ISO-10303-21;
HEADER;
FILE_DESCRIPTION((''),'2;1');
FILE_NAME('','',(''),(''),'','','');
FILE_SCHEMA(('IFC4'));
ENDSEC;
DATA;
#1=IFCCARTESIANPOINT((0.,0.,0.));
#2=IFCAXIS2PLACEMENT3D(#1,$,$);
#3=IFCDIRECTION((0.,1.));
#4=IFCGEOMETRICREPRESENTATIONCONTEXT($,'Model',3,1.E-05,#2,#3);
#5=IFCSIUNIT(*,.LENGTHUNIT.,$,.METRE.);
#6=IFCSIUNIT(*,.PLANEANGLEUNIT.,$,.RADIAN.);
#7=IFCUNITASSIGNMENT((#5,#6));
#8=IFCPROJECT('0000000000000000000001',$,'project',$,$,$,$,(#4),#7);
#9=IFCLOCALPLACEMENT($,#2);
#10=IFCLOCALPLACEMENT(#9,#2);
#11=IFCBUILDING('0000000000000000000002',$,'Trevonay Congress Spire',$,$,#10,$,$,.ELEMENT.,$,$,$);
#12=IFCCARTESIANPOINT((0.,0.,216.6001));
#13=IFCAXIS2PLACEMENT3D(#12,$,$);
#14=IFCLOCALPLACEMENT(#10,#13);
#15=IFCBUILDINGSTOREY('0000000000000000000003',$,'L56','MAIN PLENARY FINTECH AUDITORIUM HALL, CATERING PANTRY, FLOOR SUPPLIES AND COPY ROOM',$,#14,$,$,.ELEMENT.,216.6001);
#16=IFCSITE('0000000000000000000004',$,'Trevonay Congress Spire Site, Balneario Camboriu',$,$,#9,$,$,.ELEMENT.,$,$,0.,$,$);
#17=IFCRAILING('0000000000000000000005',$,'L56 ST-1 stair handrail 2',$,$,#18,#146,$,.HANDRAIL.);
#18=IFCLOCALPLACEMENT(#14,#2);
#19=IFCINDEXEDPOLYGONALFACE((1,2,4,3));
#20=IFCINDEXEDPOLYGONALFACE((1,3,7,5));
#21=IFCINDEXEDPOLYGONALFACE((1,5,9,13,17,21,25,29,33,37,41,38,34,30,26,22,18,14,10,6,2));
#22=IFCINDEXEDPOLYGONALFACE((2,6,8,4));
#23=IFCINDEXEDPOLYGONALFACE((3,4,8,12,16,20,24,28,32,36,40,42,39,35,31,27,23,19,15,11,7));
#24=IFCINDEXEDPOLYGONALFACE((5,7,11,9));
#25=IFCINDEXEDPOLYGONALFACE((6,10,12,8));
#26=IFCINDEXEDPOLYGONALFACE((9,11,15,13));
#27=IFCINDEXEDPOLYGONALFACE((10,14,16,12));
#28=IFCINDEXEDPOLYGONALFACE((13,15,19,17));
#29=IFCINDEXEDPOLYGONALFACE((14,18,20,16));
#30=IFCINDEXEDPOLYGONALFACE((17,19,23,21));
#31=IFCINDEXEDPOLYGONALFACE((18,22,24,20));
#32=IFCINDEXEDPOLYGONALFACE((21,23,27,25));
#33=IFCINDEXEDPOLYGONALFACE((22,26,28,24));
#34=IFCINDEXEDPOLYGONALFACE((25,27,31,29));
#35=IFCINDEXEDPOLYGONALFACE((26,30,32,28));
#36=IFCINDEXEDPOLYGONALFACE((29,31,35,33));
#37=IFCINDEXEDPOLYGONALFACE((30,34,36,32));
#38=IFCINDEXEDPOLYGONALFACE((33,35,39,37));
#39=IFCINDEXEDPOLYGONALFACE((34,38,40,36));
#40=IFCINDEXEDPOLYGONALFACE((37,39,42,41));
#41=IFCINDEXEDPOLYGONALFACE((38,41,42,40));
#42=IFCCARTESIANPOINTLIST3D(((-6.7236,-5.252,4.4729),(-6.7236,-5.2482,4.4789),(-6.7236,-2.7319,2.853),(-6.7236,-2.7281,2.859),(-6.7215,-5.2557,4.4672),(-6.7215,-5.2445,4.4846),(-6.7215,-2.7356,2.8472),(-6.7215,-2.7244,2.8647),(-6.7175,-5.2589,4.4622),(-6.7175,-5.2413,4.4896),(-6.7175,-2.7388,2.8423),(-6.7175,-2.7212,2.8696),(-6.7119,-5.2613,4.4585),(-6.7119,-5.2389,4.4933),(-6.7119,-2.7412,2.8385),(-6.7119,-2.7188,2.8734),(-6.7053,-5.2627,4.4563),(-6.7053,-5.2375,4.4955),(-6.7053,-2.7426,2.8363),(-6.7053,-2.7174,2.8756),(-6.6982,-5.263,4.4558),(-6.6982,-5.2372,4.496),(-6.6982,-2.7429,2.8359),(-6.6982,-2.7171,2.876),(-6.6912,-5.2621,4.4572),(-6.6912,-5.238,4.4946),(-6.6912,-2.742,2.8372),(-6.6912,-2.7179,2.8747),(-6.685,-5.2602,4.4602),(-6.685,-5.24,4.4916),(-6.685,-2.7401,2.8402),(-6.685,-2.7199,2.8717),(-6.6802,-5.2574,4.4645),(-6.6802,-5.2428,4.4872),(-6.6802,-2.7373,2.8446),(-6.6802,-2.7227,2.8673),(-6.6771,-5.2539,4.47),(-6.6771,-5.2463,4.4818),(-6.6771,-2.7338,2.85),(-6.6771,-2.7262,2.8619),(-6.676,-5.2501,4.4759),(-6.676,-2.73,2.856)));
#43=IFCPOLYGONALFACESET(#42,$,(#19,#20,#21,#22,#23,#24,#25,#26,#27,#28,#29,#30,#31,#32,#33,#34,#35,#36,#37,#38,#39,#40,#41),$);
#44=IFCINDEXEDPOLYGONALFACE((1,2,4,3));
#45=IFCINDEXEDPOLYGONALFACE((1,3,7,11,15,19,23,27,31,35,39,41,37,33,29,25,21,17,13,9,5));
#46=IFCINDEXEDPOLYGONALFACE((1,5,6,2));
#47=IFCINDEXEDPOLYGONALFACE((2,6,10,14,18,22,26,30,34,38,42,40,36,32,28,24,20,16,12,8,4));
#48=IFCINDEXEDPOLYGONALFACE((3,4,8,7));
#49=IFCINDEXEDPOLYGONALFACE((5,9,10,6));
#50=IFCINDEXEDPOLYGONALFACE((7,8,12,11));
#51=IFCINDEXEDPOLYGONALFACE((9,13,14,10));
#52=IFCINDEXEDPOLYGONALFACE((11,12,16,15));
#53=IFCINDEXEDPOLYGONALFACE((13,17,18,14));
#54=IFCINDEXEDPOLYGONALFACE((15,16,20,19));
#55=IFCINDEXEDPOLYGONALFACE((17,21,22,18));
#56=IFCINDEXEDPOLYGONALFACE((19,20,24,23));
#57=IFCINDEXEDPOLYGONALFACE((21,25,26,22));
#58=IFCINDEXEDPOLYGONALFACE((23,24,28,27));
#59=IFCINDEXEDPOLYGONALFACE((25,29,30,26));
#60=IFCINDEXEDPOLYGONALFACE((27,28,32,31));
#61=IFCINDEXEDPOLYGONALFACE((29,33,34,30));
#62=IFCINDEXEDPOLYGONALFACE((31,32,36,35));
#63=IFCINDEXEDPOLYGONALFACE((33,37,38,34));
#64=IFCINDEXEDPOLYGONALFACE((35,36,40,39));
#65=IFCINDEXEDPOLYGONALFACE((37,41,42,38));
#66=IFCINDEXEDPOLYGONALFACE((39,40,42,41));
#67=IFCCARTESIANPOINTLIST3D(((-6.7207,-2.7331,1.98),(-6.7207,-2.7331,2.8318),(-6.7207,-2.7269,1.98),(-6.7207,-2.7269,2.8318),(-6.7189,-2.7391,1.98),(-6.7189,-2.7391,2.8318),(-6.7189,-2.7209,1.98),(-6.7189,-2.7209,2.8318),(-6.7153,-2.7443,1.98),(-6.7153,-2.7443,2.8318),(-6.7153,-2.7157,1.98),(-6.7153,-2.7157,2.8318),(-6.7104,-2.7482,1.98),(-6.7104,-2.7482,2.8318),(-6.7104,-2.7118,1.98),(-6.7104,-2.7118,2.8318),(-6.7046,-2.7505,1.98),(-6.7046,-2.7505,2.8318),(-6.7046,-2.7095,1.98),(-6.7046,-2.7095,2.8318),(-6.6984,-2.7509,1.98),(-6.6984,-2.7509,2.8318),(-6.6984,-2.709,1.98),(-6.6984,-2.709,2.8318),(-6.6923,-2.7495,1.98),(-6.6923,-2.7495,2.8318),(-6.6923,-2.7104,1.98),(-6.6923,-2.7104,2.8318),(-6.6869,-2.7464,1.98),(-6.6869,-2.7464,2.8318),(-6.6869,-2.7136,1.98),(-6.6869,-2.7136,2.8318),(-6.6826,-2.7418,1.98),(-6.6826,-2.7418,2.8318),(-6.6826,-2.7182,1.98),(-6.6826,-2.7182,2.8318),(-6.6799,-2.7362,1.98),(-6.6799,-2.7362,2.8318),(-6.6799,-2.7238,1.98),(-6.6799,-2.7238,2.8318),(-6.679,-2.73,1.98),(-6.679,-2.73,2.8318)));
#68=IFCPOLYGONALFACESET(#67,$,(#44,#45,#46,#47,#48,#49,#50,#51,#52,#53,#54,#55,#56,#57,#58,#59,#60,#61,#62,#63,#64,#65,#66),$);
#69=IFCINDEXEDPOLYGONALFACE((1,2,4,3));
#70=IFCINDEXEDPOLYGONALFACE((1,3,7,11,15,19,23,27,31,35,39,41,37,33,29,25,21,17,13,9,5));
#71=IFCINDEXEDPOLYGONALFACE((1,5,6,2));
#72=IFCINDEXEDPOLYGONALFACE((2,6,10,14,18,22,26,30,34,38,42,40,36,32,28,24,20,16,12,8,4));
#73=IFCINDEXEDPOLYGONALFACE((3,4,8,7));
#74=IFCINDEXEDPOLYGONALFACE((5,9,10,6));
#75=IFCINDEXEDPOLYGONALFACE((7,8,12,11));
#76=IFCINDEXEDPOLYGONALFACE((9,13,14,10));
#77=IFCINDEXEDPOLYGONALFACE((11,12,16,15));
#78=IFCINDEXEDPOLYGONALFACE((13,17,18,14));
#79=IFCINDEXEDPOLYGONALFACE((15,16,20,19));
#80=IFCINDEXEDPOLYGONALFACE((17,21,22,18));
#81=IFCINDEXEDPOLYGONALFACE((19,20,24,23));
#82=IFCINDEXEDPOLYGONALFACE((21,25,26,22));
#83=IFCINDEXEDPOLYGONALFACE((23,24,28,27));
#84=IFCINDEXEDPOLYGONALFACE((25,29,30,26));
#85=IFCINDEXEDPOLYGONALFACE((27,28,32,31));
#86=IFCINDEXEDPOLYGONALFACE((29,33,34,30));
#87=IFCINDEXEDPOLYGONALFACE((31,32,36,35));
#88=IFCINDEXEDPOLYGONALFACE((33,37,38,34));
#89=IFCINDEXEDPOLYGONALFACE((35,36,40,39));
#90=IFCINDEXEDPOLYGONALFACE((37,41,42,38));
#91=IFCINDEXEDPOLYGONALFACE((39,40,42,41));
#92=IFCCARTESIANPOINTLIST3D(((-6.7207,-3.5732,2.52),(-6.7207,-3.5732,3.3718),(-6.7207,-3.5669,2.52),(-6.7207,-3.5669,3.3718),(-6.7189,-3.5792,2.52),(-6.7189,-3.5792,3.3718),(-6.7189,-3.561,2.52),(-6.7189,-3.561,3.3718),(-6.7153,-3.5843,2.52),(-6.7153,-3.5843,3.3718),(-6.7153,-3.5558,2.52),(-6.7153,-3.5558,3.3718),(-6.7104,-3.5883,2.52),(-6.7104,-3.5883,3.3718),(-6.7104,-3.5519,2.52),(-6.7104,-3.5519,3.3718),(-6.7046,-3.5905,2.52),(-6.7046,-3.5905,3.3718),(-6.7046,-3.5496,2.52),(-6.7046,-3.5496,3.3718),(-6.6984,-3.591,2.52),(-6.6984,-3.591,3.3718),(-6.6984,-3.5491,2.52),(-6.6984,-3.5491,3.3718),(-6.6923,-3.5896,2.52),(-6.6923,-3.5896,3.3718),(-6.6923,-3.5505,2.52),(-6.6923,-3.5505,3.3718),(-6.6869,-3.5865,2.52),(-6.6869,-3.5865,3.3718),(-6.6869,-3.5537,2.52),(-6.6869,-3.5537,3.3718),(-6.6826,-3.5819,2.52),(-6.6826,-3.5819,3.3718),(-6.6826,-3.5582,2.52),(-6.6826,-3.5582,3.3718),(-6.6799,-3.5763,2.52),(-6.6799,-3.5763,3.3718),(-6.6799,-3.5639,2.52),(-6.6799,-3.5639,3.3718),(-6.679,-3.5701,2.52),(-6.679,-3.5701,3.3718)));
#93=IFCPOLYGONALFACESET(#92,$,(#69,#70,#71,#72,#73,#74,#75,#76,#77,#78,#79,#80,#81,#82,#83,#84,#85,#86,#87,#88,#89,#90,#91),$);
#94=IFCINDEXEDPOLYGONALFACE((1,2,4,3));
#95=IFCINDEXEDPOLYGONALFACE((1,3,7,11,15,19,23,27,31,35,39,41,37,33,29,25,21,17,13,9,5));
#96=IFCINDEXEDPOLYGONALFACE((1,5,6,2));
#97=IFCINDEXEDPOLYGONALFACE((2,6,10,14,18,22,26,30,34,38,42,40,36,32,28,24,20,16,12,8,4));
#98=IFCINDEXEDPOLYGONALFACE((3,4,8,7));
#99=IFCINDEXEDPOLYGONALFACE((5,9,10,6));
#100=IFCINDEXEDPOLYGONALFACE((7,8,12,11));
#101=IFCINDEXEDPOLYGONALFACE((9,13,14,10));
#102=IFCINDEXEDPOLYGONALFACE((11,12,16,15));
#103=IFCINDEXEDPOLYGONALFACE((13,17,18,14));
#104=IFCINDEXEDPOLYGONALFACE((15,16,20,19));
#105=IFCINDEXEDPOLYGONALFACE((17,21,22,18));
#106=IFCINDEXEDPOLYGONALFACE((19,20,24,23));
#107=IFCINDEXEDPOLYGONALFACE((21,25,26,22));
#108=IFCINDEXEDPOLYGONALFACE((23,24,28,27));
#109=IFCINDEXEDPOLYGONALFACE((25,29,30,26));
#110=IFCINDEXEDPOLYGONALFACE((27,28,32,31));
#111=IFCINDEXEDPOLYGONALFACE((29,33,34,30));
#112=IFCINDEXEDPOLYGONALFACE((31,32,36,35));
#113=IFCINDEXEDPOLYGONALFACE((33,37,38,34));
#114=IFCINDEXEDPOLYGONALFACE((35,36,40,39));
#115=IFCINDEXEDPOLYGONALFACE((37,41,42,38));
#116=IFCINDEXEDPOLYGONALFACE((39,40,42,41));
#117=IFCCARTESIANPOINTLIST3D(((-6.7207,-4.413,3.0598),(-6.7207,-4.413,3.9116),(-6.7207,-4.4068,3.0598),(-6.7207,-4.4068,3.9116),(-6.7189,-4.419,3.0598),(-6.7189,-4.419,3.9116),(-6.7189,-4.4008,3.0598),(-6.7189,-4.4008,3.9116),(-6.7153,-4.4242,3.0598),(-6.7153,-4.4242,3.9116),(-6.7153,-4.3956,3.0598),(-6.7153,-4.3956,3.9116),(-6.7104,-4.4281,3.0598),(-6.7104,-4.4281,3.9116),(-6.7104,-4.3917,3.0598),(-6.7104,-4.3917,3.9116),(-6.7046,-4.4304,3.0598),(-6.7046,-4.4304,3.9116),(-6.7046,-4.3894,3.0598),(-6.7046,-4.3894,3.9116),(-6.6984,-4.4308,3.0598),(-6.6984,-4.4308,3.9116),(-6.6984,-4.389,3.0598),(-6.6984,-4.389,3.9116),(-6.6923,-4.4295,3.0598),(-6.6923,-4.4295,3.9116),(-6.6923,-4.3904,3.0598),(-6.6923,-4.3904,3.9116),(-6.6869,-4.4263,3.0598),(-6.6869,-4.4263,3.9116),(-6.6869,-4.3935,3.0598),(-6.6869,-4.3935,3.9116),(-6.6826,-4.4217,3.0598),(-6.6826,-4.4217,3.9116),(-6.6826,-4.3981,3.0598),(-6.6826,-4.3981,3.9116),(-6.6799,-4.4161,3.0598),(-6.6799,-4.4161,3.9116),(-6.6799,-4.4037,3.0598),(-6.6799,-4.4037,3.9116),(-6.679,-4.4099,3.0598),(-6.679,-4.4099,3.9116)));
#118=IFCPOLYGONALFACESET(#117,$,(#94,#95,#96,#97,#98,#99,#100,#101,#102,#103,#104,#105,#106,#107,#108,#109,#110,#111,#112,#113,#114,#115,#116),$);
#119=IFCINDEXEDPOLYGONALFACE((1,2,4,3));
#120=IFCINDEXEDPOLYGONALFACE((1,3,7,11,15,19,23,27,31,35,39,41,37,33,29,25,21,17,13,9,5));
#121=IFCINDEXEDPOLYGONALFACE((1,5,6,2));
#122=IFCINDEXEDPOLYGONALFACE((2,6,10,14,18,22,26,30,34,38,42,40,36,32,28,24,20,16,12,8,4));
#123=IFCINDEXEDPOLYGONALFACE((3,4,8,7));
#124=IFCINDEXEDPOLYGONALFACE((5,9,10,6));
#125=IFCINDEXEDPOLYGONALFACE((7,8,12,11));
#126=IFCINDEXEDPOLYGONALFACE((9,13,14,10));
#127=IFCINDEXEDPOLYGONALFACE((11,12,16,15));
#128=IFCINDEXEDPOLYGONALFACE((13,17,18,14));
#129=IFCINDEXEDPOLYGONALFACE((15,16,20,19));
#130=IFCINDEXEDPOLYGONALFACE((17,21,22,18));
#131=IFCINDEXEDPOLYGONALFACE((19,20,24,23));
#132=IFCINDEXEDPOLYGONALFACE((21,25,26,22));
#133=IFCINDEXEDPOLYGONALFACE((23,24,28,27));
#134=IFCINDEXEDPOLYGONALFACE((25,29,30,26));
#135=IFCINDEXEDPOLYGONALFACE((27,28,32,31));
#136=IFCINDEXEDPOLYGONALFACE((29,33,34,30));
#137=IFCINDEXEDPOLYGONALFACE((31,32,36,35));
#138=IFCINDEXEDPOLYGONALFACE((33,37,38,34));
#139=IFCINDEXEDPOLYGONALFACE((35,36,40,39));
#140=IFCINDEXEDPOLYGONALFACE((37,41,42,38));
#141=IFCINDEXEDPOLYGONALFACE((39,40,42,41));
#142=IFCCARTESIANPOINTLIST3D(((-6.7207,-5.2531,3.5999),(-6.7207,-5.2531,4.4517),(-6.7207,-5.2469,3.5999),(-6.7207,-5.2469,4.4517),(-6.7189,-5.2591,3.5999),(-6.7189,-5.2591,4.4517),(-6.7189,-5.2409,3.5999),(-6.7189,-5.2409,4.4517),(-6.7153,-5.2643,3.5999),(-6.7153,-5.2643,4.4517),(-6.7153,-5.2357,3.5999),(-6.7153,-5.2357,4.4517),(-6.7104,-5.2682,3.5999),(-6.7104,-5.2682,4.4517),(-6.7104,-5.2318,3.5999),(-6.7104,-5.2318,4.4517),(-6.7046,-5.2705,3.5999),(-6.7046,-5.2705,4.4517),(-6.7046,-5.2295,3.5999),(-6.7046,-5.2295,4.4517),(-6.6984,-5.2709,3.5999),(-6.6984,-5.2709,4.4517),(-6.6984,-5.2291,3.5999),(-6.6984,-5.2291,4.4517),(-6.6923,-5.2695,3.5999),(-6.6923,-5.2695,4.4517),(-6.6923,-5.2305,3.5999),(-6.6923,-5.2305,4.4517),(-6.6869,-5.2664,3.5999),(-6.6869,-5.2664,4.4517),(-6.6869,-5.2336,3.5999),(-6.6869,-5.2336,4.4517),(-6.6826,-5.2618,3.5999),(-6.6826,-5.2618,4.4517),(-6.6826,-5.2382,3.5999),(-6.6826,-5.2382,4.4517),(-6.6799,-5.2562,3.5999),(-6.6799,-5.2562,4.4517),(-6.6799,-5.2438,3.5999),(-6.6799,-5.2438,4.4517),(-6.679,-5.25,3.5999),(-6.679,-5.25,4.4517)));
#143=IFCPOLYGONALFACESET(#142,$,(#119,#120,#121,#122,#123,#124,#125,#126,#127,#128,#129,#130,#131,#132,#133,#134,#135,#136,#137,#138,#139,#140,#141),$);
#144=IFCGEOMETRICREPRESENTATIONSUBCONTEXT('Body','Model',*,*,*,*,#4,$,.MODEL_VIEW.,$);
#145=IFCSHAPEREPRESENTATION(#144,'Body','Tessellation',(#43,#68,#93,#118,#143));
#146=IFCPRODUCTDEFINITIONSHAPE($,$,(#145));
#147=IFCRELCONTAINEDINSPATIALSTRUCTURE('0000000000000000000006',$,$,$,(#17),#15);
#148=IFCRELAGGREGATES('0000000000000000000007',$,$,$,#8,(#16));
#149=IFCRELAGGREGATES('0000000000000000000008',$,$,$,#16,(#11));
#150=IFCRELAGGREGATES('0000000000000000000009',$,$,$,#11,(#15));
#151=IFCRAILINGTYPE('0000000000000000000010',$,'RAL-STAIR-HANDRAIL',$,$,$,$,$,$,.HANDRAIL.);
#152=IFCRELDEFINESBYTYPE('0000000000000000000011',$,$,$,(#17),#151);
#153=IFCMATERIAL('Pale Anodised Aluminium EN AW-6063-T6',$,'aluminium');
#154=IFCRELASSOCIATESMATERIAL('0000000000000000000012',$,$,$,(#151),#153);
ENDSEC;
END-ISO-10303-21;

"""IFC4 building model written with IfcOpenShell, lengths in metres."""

from ifc_helpers import new_model, si_unit, direction, frame, origin, origin_2d, place, context, subcontext, project, spatial, circle, extrude, material, type_object, element, save


model = new_model("IFC4")

# Units and contexts
model_context = context("Model", 3, precision=1e-05, world=origin(), true_north=direction((0.0, 1.0)))
body_context = subcontext(model_context, "Body", "Model", "MODEL_VIEW")
ifc_project = project(units=[si_unit("LENGTHUNIT", "METRE"), si_unit("PLANEANGLEUNIT", "RADIAN")], contexts=[model_context])

# Site, building, storey
site_placement = place(None, origin())
site = spatial("IfcSite", under=ifc_project, at=site_placement, Name="Trevonay Congress Spire Site, Balneario Camboriu", CompositionType="ELEMENT", RefElevation=0.0)
building_placement = place(site_placement, origin())
building = spatial("IfcBuilding", under=site, at=building_placement, Name="Trevonay Congress Spire", CompositionType="ELEMENT")
storey_placement = place(building_placement, frame((0.0, 0.0, 216.6001)))
storey = spatial("IfcBuildingStorey", under=building, at=storey_placement, Name="L56", Description="MAIN PLENARY FINTECH AUDITORIUM HALL, CATERING PANTRY, FLOOR SUPPLIES AND COPY ROOM", CompositionType="ELEMENT", Elevation=216.6001)

# Shared definitions
ifc_material_1 = material(Name="Pale Anodised Aluminium EN AW-6063-T6", Category="aluminium")

# Railing
railing_type_1 = type_object("IfcRailingType", Name="RAL-STAIR-HANDRAIL", PredefinedType="HANDRAIL", material=ifc_material_1)
railing_1_placement = place(storey_placement, frame((-6.7, -2.73, 1.98)))
element("IfcRailing", 1, at=railing_1_placement, inside=storey, type_object=railing_type_1, Name="L56 ST-1 stair handrail 2", PredefinedType="HANDRAIL", context=body_context, shape_type="SweptSolid", body=[
    extrude(circle(Radius=0.0239, at=origin_2d()), frame((0.0, 0.0, 0.876), z_axis=(0.0, -0.8412, 0.540725), x_axis=(1.0, 0.0, 0.0)), (0.0, 0.0, 1.0), 2.9958),
    extrude(circle(Radius=0.021, at=origin_2d()), origin(), (0.0, 0.0, 1.0), 0.8518),
    extrude(circle(Radius=0.021, at=origin_2d()), frame((0.0, -0.8401, 0.54)), (0.0, 0.0, 1.0), 0.8518),
    extrude(circle(Radius=0.021, at=origin_2d()), frame((0.0, -1.6799, 1.0798)), (0.0, 0.0, 1.0), 0.8518),
    extrude(circle(Radius=0.021, at=origin_2d()), frame((0.0, -2.52, 1.6199)), (0.0, 0.0, 1.0), 0.8518),
])

save(model, "model.ifc")
